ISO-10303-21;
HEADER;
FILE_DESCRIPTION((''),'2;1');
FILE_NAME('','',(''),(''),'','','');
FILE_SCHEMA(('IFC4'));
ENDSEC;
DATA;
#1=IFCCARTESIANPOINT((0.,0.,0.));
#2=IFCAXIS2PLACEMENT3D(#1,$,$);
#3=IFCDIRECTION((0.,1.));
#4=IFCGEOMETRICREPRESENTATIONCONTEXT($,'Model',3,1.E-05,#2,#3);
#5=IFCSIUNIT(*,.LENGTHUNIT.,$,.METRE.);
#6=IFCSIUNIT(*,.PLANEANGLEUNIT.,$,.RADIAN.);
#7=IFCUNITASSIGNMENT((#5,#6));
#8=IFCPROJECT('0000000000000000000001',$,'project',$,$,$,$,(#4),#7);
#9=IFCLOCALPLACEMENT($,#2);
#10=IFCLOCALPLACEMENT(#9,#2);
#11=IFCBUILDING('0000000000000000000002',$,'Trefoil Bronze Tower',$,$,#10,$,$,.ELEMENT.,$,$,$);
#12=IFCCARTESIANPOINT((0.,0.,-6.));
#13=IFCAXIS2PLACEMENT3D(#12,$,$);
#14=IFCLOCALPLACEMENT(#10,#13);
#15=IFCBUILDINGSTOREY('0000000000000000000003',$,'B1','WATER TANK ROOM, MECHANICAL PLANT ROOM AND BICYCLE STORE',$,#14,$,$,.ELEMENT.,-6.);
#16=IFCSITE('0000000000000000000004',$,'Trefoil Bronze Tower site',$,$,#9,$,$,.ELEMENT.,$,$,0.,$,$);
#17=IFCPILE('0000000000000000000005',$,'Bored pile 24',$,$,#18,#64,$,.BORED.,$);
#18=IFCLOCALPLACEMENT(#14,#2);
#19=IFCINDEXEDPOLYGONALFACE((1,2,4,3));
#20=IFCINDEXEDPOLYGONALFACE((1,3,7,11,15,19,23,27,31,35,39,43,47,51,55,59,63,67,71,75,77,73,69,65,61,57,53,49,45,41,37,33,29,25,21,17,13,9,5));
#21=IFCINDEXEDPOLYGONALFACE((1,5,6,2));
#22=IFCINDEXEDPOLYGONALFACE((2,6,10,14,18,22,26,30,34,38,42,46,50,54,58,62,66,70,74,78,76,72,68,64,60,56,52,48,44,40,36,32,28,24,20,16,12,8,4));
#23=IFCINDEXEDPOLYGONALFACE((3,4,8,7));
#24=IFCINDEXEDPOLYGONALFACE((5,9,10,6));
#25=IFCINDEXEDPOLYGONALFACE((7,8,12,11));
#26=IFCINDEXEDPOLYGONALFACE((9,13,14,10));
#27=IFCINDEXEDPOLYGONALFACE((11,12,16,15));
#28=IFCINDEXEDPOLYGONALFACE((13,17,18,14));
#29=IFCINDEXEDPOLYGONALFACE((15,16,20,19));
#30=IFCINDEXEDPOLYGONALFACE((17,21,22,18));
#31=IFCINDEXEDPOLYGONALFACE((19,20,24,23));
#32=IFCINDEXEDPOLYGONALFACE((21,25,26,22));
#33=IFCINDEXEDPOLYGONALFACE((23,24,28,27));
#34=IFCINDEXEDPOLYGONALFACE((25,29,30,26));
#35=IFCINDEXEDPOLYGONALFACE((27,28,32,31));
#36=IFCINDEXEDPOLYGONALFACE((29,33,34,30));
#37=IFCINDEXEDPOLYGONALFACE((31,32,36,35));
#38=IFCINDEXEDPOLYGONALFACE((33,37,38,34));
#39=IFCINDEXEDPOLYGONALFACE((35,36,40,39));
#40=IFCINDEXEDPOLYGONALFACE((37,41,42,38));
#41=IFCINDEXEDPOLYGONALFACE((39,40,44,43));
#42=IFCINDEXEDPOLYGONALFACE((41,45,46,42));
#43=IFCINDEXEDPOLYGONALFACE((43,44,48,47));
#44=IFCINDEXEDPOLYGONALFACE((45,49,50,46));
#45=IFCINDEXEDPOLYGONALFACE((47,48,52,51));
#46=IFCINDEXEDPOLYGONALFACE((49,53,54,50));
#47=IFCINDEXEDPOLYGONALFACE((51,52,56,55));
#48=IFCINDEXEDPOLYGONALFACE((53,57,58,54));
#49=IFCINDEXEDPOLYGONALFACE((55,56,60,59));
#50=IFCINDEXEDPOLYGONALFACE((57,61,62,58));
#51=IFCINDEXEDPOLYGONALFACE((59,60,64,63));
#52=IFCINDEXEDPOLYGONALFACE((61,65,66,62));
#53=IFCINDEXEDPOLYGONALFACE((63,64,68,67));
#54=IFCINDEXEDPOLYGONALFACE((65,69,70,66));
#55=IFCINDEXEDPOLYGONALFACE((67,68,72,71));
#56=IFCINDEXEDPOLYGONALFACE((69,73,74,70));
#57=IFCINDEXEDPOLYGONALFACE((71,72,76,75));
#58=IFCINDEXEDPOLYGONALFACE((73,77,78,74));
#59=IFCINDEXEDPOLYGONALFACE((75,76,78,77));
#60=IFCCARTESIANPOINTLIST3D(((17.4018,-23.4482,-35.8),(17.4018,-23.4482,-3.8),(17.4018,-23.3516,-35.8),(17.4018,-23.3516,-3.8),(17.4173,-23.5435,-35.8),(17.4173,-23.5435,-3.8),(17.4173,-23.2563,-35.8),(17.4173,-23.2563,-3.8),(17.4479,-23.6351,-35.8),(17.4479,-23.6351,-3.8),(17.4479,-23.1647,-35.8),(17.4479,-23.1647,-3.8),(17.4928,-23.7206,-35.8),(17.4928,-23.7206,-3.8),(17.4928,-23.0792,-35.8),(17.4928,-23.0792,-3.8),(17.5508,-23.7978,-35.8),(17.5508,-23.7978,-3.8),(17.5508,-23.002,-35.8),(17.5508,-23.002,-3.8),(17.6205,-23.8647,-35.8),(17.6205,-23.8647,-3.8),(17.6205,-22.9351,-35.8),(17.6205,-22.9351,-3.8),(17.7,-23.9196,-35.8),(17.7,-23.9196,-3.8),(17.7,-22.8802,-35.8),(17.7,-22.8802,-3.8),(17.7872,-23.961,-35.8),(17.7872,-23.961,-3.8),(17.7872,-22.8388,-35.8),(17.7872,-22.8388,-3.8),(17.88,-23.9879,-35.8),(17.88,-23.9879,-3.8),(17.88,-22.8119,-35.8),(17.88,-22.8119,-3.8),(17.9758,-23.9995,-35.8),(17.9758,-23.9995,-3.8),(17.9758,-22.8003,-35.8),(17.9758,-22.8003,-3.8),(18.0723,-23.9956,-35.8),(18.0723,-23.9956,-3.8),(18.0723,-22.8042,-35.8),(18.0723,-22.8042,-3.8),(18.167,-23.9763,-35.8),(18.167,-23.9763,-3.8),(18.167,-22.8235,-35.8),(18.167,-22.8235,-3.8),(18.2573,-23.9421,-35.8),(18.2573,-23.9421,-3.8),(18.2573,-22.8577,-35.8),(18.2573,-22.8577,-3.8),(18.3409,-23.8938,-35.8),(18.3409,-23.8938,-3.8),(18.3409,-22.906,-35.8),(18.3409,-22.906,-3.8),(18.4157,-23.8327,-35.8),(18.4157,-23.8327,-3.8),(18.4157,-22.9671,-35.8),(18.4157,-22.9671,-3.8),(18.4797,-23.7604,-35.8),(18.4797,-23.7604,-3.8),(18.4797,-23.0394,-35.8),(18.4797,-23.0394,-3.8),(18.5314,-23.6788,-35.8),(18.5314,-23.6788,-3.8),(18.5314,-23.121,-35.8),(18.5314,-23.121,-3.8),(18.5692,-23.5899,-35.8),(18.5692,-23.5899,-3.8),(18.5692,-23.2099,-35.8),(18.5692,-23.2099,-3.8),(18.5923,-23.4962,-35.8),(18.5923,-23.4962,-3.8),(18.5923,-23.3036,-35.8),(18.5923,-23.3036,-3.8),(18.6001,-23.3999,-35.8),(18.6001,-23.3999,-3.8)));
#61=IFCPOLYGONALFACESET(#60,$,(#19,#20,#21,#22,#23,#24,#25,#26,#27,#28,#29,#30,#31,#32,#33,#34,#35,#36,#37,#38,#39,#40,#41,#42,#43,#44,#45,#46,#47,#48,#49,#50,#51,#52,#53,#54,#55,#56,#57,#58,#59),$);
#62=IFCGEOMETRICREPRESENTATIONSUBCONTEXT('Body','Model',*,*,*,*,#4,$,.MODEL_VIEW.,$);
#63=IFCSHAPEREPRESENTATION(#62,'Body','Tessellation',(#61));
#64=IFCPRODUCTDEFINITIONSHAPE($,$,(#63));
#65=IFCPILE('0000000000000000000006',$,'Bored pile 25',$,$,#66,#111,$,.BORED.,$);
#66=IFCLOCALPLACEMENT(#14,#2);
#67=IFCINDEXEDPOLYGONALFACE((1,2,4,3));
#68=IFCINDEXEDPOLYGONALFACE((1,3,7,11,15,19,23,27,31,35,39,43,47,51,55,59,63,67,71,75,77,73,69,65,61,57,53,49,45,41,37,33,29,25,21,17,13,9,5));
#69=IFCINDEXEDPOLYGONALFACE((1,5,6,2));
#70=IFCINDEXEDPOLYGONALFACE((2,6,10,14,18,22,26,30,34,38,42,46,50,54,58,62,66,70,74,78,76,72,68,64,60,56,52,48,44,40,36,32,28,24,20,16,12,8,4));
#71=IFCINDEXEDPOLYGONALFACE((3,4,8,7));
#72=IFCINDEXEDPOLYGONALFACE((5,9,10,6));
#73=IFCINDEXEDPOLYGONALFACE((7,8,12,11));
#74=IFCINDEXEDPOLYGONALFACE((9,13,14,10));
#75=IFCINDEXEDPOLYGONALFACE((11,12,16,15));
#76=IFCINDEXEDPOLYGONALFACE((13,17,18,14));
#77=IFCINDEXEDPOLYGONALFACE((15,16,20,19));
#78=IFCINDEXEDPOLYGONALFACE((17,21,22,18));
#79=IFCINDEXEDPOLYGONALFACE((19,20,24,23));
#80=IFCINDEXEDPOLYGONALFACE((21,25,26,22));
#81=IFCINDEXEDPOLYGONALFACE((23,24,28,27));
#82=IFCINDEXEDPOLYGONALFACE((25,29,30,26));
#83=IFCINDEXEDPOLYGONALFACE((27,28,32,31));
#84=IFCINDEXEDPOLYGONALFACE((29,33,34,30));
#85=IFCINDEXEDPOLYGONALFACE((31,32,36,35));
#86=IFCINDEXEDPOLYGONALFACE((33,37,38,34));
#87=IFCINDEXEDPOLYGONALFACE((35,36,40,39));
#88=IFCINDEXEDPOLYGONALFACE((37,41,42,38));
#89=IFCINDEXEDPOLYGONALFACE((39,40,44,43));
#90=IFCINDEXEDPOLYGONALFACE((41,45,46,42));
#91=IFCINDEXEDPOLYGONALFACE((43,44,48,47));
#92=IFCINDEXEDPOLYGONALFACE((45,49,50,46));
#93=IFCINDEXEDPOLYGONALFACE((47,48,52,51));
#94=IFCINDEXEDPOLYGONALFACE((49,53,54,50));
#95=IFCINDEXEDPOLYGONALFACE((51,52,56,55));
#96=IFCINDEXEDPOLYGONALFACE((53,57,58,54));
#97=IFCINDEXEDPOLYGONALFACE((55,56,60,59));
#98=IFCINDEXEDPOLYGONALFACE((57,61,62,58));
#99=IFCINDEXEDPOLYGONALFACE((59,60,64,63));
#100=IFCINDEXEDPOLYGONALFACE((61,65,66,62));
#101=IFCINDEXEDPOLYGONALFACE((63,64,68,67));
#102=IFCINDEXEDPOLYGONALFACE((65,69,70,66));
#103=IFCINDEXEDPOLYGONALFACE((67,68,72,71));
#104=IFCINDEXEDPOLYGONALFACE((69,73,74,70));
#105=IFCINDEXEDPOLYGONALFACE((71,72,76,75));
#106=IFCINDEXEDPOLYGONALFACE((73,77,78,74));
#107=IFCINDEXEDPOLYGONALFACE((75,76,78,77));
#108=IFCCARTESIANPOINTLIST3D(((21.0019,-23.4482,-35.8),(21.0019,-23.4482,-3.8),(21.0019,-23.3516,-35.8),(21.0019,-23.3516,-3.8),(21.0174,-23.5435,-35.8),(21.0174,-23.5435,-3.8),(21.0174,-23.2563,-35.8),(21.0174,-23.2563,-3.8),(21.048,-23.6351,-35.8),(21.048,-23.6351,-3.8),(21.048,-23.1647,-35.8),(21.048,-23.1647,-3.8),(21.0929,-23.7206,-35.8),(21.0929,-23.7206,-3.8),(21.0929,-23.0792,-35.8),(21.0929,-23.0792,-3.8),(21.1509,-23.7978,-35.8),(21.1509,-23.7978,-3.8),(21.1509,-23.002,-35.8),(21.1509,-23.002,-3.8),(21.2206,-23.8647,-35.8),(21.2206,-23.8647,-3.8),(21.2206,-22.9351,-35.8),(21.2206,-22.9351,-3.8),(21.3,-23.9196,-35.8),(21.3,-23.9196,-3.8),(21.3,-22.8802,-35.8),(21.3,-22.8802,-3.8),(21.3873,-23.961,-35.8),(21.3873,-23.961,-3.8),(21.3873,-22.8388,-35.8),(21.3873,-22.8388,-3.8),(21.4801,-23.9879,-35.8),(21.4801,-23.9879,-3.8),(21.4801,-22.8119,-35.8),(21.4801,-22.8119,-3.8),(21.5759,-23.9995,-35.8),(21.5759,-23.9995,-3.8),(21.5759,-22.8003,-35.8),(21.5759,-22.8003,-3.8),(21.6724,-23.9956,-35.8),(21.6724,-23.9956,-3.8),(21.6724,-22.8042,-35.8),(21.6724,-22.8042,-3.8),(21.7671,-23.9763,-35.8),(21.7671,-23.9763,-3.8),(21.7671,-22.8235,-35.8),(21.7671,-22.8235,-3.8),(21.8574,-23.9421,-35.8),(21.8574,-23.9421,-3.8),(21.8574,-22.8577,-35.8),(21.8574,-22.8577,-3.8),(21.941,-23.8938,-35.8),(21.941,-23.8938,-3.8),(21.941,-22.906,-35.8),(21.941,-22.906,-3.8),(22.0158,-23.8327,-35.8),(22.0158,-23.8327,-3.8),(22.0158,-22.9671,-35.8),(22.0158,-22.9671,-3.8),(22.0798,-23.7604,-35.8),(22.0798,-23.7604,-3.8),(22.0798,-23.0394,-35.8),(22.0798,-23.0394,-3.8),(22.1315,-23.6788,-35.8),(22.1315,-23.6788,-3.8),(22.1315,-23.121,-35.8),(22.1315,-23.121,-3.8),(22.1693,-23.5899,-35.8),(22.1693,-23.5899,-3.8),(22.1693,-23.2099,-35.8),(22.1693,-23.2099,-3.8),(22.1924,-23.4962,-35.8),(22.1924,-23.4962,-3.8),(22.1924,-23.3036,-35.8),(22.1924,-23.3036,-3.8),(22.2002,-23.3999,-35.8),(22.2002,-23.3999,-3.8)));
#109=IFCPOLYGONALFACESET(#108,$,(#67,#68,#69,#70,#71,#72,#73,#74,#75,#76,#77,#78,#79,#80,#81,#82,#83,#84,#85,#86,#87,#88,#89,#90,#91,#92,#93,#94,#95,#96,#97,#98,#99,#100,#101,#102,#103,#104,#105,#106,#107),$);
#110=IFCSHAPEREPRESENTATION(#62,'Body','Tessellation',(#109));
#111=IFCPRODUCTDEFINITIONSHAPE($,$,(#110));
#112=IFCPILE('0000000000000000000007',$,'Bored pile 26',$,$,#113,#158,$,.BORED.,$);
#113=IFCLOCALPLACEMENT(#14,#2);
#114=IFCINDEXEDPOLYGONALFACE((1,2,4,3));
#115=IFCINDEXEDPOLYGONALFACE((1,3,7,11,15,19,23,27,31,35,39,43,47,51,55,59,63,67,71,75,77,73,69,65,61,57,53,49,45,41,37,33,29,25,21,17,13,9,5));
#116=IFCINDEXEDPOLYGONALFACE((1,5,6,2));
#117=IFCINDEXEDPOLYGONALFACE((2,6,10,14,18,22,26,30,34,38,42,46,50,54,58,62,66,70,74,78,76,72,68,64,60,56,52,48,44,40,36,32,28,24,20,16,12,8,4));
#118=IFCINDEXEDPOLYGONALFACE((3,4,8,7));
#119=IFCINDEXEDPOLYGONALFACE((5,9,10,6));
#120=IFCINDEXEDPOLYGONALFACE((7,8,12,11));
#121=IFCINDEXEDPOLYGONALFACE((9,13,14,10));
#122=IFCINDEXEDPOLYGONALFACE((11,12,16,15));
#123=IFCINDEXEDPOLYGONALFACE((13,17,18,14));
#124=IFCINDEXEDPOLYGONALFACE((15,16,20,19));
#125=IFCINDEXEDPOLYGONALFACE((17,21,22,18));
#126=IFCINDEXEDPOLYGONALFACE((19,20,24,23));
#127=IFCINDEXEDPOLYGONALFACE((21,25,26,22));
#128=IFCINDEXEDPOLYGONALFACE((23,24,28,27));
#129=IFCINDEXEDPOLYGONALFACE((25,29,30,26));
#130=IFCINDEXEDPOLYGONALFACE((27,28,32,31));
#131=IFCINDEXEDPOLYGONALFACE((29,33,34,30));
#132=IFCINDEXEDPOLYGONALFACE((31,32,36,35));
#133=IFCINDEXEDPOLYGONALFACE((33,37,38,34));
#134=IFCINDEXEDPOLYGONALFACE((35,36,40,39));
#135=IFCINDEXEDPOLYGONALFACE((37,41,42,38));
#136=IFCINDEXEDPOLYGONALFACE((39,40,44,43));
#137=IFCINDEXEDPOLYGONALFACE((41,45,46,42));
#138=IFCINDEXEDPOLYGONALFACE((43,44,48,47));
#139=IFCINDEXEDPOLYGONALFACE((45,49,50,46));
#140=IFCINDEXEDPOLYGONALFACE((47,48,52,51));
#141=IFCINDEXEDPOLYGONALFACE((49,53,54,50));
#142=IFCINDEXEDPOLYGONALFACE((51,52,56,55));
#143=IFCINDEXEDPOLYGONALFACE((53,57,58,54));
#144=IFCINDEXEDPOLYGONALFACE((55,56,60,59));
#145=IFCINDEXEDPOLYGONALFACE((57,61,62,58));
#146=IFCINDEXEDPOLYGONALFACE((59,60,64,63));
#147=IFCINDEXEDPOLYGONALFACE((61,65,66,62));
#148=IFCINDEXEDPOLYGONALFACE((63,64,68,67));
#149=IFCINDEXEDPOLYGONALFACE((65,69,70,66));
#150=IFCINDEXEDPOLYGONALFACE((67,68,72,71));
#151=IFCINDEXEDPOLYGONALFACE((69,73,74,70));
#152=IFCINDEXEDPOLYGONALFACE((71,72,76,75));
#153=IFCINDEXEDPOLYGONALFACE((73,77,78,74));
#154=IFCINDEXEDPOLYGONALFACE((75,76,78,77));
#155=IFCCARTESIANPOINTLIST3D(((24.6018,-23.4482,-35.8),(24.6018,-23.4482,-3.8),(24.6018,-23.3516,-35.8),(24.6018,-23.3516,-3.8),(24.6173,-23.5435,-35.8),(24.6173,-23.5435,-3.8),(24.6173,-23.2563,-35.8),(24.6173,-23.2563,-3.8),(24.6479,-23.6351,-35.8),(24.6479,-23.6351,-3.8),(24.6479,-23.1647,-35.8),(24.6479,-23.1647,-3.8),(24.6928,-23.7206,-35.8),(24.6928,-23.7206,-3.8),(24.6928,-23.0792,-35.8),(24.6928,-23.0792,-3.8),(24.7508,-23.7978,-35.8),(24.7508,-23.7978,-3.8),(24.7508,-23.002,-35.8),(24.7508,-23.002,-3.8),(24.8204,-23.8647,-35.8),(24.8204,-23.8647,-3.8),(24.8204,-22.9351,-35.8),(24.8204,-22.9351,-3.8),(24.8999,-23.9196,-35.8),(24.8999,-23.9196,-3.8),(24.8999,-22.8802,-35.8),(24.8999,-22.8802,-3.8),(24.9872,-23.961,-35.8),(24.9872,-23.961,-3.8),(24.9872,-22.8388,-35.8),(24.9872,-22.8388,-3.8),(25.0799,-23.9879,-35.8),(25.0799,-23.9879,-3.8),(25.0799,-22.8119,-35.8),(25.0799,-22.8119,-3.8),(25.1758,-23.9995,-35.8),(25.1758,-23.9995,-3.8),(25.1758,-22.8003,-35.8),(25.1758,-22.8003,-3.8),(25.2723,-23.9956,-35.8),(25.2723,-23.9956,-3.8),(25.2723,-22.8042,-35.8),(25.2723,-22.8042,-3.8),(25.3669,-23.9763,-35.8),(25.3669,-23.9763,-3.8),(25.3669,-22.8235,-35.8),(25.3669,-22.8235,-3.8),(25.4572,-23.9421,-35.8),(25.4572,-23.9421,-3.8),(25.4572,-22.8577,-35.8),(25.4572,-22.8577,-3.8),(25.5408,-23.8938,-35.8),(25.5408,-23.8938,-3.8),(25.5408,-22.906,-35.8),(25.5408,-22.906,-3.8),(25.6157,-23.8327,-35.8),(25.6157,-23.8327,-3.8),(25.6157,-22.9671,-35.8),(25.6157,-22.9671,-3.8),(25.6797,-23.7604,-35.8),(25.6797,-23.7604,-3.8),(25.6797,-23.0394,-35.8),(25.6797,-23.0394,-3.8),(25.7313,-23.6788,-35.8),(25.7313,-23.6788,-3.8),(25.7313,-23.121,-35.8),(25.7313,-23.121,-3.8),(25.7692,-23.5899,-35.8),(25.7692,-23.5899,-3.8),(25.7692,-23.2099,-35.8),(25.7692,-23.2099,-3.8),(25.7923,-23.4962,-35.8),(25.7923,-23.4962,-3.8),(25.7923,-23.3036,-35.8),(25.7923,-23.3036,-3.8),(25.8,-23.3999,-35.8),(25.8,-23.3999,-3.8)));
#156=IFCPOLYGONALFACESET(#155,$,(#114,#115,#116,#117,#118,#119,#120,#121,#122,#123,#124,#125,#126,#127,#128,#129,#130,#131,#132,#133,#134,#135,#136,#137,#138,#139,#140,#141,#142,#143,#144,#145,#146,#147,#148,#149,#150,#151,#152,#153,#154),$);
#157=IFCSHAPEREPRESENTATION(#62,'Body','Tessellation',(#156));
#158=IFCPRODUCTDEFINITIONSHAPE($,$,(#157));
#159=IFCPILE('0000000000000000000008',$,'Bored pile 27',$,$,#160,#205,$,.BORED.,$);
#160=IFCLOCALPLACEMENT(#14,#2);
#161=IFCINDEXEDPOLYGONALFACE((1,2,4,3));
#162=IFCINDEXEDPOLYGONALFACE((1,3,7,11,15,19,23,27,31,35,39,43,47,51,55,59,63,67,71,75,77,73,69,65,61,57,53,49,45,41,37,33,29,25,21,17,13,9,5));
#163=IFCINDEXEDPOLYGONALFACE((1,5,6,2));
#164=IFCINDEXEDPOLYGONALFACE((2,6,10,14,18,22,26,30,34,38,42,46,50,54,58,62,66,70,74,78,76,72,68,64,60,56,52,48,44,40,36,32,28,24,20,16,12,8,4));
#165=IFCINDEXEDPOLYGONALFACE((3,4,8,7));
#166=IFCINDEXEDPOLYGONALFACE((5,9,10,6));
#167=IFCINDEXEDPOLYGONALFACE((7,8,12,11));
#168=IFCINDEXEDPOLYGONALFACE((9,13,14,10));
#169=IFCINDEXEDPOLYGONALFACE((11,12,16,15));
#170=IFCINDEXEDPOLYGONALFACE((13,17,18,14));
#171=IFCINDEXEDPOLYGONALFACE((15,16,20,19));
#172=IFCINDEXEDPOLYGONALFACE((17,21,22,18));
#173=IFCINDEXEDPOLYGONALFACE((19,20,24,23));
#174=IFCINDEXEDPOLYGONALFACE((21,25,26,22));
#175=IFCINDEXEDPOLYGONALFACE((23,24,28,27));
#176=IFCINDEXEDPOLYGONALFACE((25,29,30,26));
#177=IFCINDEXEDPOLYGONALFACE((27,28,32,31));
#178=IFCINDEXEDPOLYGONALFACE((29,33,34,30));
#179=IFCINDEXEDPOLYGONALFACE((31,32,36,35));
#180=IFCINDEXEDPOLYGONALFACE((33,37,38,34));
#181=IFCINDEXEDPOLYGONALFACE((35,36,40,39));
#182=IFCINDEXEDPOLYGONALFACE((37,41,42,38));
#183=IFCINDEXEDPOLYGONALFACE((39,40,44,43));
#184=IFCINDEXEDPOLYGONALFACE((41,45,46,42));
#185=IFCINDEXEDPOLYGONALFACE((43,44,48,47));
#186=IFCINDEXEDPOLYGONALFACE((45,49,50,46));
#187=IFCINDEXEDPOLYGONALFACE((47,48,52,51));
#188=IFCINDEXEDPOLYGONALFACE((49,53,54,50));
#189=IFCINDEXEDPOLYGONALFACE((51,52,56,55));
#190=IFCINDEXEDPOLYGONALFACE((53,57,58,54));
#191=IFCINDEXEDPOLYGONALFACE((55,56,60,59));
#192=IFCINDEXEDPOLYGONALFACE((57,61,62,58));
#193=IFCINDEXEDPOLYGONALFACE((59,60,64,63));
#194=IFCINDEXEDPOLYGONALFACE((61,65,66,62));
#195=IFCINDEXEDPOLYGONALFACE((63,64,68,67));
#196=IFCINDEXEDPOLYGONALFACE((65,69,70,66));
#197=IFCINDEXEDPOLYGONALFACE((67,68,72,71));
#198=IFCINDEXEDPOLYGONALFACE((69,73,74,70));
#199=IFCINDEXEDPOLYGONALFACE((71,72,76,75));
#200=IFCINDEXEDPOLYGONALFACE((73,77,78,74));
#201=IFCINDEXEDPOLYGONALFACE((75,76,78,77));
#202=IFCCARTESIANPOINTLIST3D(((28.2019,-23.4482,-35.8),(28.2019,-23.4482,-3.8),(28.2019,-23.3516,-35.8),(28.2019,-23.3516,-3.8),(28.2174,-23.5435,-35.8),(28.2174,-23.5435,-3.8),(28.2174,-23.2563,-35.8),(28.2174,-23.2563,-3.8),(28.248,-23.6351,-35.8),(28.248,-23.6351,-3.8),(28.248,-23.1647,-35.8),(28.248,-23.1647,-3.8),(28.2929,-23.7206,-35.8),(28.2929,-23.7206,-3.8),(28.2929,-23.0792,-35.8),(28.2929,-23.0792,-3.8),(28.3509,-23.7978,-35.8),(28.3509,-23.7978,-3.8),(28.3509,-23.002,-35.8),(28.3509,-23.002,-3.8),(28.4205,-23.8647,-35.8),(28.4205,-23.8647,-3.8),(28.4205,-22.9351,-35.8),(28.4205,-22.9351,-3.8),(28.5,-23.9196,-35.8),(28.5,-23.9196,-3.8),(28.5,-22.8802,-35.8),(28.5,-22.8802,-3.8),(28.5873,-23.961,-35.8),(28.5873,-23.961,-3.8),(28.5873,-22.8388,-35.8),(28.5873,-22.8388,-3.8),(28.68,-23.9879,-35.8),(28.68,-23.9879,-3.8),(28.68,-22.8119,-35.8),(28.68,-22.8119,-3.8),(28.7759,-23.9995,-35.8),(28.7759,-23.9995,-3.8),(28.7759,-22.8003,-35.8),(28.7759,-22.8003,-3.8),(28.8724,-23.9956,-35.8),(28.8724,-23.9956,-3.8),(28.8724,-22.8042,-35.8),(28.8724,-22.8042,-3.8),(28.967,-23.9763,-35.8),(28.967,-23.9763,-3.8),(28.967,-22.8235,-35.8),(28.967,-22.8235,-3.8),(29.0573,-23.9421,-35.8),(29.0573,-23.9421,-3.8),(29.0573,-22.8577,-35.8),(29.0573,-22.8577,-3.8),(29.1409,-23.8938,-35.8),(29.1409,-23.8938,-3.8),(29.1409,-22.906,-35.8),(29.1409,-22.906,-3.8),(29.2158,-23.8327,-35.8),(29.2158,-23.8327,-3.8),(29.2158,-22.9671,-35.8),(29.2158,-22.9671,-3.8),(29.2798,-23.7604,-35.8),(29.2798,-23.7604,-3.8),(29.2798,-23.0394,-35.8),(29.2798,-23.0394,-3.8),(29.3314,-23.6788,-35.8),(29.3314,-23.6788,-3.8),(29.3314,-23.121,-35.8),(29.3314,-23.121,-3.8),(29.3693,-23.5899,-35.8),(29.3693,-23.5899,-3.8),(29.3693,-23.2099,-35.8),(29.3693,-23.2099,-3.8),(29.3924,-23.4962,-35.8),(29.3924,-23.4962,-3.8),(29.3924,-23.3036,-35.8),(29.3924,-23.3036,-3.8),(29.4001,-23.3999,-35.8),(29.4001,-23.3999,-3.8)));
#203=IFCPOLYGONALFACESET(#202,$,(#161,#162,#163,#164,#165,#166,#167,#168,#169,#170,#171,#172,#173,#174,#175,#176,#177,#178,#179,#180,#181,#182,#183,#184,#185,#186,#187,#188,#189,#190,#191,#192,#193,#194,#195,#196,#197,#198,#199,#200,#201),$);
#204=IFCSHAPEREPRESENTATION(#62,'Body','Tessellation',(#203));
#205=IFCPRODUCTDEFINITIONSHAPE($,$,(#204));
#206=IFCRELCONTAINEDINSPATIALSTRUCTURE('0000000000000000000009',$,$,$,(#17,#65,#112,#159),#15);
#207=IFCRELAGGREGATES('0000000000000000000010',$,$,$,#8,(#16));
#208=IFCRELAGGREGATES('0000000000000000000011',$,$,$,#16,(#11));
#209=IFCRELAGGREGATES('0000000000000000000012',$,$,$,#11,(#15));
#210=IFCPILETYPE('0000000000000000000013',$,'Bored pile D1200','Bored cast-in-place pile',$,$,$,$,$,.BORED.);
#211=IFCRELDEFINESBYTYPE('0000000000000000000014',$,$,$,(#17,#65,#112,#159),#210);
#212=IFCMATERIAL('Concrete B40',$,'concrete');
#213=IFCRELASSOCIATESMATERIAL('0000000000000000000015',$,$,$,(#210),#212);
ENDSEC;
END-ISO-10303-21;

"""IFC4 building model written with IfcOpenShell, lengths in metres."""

from ifc_helpers import new_model, si_unit, direction, frame, origin, origin_2d, place, context, subcontext, project, spatial, circle, extrude, material, type_object, element, save


model = new_model("IFC4")

# Units and contexts
model_context = context("Model", 3, precision=1e-05, world=origin(), true_north=direction((0.0, 1.0)))
body_context = subcontext(model_context, "Body", "Model", "MODEL_VIEW")
ifc_project = project(units=[si_unit("LENGTHUNIT", "METRE"), si_unit("PLANEANGLEUNIT", "RADIAN")], contexts=[model_context])

# Site, building, storey
site_placement = place(None, origin())
site = spatial("IfcSite", under=ifc_project, at=site_placement, Name="Trefoil Bronze Tower site", CompositionType="ELEMENT", RefElevation=0.0)
building_placement = place(site_placement, origin())
building = spatial("IfcBuilding", under=site, at=building_placement, Name="Trefoil Bronze Tower", CompositionType="ELEMENT")
storey_placement = place(building_placement, frame((0.0, 0.0, -6.0)))
storey = spatial("IfcBuildingStorey", under=building, at=storey_placement, Name="B1", Description="WATER TANK ROOM, MECHANICAL PLANT ROOM AND BICYCLE STORE", CompositionType="ELEMENT", Elevation=-6.0)

# Piles
ifc_material_1 = material(Name="Concrete B40", Category="concrete")
pile_type = type_object("IfcPileType", Name="Bored pile D1200", Description="Bored cast-in-place pile", PredefinedType="BORED", material=ifc_material_1)
for number, where, z_axis, x_axis, name in (
    (1, (18.0, -23.3999, -3.8), (0.0, 0.0, -1.0), (1.0, 0.0, 0.0), "Bored pile 24"),
    (2, (21.6001, -23.3999, -3.8), (0.0, 0.0, -1.0), (1.0, 0.0, 0.0), "Bored pile 25"),
    (3, (25.2, -23.3999, -3.8), (0.0, 0.0, -1.0), (1.0, 0.0, 0.0), "Bored pile 26"),
    (4, (28.8, -23.3999, -3.8), (0.0, 0.0, -1.0), (1.0, 0.0, 0.0), "Bored pile 27"),
):
    element("IfcPile", number, at=place(storey_placement, frame(where, z_axis=z_axis, x_axis=x_axis)), inside=storey, type_object=pile_type, Name=name, PredefinedType="BORED", context=body_context, shape_type="SweptSolid", body=[
        extrude(circle(Radius=0.6001, at=origin_2d()), origin(), (0.0, 0.0, 1.0), 32.0),
    ])

save(model, "model.ifc")
